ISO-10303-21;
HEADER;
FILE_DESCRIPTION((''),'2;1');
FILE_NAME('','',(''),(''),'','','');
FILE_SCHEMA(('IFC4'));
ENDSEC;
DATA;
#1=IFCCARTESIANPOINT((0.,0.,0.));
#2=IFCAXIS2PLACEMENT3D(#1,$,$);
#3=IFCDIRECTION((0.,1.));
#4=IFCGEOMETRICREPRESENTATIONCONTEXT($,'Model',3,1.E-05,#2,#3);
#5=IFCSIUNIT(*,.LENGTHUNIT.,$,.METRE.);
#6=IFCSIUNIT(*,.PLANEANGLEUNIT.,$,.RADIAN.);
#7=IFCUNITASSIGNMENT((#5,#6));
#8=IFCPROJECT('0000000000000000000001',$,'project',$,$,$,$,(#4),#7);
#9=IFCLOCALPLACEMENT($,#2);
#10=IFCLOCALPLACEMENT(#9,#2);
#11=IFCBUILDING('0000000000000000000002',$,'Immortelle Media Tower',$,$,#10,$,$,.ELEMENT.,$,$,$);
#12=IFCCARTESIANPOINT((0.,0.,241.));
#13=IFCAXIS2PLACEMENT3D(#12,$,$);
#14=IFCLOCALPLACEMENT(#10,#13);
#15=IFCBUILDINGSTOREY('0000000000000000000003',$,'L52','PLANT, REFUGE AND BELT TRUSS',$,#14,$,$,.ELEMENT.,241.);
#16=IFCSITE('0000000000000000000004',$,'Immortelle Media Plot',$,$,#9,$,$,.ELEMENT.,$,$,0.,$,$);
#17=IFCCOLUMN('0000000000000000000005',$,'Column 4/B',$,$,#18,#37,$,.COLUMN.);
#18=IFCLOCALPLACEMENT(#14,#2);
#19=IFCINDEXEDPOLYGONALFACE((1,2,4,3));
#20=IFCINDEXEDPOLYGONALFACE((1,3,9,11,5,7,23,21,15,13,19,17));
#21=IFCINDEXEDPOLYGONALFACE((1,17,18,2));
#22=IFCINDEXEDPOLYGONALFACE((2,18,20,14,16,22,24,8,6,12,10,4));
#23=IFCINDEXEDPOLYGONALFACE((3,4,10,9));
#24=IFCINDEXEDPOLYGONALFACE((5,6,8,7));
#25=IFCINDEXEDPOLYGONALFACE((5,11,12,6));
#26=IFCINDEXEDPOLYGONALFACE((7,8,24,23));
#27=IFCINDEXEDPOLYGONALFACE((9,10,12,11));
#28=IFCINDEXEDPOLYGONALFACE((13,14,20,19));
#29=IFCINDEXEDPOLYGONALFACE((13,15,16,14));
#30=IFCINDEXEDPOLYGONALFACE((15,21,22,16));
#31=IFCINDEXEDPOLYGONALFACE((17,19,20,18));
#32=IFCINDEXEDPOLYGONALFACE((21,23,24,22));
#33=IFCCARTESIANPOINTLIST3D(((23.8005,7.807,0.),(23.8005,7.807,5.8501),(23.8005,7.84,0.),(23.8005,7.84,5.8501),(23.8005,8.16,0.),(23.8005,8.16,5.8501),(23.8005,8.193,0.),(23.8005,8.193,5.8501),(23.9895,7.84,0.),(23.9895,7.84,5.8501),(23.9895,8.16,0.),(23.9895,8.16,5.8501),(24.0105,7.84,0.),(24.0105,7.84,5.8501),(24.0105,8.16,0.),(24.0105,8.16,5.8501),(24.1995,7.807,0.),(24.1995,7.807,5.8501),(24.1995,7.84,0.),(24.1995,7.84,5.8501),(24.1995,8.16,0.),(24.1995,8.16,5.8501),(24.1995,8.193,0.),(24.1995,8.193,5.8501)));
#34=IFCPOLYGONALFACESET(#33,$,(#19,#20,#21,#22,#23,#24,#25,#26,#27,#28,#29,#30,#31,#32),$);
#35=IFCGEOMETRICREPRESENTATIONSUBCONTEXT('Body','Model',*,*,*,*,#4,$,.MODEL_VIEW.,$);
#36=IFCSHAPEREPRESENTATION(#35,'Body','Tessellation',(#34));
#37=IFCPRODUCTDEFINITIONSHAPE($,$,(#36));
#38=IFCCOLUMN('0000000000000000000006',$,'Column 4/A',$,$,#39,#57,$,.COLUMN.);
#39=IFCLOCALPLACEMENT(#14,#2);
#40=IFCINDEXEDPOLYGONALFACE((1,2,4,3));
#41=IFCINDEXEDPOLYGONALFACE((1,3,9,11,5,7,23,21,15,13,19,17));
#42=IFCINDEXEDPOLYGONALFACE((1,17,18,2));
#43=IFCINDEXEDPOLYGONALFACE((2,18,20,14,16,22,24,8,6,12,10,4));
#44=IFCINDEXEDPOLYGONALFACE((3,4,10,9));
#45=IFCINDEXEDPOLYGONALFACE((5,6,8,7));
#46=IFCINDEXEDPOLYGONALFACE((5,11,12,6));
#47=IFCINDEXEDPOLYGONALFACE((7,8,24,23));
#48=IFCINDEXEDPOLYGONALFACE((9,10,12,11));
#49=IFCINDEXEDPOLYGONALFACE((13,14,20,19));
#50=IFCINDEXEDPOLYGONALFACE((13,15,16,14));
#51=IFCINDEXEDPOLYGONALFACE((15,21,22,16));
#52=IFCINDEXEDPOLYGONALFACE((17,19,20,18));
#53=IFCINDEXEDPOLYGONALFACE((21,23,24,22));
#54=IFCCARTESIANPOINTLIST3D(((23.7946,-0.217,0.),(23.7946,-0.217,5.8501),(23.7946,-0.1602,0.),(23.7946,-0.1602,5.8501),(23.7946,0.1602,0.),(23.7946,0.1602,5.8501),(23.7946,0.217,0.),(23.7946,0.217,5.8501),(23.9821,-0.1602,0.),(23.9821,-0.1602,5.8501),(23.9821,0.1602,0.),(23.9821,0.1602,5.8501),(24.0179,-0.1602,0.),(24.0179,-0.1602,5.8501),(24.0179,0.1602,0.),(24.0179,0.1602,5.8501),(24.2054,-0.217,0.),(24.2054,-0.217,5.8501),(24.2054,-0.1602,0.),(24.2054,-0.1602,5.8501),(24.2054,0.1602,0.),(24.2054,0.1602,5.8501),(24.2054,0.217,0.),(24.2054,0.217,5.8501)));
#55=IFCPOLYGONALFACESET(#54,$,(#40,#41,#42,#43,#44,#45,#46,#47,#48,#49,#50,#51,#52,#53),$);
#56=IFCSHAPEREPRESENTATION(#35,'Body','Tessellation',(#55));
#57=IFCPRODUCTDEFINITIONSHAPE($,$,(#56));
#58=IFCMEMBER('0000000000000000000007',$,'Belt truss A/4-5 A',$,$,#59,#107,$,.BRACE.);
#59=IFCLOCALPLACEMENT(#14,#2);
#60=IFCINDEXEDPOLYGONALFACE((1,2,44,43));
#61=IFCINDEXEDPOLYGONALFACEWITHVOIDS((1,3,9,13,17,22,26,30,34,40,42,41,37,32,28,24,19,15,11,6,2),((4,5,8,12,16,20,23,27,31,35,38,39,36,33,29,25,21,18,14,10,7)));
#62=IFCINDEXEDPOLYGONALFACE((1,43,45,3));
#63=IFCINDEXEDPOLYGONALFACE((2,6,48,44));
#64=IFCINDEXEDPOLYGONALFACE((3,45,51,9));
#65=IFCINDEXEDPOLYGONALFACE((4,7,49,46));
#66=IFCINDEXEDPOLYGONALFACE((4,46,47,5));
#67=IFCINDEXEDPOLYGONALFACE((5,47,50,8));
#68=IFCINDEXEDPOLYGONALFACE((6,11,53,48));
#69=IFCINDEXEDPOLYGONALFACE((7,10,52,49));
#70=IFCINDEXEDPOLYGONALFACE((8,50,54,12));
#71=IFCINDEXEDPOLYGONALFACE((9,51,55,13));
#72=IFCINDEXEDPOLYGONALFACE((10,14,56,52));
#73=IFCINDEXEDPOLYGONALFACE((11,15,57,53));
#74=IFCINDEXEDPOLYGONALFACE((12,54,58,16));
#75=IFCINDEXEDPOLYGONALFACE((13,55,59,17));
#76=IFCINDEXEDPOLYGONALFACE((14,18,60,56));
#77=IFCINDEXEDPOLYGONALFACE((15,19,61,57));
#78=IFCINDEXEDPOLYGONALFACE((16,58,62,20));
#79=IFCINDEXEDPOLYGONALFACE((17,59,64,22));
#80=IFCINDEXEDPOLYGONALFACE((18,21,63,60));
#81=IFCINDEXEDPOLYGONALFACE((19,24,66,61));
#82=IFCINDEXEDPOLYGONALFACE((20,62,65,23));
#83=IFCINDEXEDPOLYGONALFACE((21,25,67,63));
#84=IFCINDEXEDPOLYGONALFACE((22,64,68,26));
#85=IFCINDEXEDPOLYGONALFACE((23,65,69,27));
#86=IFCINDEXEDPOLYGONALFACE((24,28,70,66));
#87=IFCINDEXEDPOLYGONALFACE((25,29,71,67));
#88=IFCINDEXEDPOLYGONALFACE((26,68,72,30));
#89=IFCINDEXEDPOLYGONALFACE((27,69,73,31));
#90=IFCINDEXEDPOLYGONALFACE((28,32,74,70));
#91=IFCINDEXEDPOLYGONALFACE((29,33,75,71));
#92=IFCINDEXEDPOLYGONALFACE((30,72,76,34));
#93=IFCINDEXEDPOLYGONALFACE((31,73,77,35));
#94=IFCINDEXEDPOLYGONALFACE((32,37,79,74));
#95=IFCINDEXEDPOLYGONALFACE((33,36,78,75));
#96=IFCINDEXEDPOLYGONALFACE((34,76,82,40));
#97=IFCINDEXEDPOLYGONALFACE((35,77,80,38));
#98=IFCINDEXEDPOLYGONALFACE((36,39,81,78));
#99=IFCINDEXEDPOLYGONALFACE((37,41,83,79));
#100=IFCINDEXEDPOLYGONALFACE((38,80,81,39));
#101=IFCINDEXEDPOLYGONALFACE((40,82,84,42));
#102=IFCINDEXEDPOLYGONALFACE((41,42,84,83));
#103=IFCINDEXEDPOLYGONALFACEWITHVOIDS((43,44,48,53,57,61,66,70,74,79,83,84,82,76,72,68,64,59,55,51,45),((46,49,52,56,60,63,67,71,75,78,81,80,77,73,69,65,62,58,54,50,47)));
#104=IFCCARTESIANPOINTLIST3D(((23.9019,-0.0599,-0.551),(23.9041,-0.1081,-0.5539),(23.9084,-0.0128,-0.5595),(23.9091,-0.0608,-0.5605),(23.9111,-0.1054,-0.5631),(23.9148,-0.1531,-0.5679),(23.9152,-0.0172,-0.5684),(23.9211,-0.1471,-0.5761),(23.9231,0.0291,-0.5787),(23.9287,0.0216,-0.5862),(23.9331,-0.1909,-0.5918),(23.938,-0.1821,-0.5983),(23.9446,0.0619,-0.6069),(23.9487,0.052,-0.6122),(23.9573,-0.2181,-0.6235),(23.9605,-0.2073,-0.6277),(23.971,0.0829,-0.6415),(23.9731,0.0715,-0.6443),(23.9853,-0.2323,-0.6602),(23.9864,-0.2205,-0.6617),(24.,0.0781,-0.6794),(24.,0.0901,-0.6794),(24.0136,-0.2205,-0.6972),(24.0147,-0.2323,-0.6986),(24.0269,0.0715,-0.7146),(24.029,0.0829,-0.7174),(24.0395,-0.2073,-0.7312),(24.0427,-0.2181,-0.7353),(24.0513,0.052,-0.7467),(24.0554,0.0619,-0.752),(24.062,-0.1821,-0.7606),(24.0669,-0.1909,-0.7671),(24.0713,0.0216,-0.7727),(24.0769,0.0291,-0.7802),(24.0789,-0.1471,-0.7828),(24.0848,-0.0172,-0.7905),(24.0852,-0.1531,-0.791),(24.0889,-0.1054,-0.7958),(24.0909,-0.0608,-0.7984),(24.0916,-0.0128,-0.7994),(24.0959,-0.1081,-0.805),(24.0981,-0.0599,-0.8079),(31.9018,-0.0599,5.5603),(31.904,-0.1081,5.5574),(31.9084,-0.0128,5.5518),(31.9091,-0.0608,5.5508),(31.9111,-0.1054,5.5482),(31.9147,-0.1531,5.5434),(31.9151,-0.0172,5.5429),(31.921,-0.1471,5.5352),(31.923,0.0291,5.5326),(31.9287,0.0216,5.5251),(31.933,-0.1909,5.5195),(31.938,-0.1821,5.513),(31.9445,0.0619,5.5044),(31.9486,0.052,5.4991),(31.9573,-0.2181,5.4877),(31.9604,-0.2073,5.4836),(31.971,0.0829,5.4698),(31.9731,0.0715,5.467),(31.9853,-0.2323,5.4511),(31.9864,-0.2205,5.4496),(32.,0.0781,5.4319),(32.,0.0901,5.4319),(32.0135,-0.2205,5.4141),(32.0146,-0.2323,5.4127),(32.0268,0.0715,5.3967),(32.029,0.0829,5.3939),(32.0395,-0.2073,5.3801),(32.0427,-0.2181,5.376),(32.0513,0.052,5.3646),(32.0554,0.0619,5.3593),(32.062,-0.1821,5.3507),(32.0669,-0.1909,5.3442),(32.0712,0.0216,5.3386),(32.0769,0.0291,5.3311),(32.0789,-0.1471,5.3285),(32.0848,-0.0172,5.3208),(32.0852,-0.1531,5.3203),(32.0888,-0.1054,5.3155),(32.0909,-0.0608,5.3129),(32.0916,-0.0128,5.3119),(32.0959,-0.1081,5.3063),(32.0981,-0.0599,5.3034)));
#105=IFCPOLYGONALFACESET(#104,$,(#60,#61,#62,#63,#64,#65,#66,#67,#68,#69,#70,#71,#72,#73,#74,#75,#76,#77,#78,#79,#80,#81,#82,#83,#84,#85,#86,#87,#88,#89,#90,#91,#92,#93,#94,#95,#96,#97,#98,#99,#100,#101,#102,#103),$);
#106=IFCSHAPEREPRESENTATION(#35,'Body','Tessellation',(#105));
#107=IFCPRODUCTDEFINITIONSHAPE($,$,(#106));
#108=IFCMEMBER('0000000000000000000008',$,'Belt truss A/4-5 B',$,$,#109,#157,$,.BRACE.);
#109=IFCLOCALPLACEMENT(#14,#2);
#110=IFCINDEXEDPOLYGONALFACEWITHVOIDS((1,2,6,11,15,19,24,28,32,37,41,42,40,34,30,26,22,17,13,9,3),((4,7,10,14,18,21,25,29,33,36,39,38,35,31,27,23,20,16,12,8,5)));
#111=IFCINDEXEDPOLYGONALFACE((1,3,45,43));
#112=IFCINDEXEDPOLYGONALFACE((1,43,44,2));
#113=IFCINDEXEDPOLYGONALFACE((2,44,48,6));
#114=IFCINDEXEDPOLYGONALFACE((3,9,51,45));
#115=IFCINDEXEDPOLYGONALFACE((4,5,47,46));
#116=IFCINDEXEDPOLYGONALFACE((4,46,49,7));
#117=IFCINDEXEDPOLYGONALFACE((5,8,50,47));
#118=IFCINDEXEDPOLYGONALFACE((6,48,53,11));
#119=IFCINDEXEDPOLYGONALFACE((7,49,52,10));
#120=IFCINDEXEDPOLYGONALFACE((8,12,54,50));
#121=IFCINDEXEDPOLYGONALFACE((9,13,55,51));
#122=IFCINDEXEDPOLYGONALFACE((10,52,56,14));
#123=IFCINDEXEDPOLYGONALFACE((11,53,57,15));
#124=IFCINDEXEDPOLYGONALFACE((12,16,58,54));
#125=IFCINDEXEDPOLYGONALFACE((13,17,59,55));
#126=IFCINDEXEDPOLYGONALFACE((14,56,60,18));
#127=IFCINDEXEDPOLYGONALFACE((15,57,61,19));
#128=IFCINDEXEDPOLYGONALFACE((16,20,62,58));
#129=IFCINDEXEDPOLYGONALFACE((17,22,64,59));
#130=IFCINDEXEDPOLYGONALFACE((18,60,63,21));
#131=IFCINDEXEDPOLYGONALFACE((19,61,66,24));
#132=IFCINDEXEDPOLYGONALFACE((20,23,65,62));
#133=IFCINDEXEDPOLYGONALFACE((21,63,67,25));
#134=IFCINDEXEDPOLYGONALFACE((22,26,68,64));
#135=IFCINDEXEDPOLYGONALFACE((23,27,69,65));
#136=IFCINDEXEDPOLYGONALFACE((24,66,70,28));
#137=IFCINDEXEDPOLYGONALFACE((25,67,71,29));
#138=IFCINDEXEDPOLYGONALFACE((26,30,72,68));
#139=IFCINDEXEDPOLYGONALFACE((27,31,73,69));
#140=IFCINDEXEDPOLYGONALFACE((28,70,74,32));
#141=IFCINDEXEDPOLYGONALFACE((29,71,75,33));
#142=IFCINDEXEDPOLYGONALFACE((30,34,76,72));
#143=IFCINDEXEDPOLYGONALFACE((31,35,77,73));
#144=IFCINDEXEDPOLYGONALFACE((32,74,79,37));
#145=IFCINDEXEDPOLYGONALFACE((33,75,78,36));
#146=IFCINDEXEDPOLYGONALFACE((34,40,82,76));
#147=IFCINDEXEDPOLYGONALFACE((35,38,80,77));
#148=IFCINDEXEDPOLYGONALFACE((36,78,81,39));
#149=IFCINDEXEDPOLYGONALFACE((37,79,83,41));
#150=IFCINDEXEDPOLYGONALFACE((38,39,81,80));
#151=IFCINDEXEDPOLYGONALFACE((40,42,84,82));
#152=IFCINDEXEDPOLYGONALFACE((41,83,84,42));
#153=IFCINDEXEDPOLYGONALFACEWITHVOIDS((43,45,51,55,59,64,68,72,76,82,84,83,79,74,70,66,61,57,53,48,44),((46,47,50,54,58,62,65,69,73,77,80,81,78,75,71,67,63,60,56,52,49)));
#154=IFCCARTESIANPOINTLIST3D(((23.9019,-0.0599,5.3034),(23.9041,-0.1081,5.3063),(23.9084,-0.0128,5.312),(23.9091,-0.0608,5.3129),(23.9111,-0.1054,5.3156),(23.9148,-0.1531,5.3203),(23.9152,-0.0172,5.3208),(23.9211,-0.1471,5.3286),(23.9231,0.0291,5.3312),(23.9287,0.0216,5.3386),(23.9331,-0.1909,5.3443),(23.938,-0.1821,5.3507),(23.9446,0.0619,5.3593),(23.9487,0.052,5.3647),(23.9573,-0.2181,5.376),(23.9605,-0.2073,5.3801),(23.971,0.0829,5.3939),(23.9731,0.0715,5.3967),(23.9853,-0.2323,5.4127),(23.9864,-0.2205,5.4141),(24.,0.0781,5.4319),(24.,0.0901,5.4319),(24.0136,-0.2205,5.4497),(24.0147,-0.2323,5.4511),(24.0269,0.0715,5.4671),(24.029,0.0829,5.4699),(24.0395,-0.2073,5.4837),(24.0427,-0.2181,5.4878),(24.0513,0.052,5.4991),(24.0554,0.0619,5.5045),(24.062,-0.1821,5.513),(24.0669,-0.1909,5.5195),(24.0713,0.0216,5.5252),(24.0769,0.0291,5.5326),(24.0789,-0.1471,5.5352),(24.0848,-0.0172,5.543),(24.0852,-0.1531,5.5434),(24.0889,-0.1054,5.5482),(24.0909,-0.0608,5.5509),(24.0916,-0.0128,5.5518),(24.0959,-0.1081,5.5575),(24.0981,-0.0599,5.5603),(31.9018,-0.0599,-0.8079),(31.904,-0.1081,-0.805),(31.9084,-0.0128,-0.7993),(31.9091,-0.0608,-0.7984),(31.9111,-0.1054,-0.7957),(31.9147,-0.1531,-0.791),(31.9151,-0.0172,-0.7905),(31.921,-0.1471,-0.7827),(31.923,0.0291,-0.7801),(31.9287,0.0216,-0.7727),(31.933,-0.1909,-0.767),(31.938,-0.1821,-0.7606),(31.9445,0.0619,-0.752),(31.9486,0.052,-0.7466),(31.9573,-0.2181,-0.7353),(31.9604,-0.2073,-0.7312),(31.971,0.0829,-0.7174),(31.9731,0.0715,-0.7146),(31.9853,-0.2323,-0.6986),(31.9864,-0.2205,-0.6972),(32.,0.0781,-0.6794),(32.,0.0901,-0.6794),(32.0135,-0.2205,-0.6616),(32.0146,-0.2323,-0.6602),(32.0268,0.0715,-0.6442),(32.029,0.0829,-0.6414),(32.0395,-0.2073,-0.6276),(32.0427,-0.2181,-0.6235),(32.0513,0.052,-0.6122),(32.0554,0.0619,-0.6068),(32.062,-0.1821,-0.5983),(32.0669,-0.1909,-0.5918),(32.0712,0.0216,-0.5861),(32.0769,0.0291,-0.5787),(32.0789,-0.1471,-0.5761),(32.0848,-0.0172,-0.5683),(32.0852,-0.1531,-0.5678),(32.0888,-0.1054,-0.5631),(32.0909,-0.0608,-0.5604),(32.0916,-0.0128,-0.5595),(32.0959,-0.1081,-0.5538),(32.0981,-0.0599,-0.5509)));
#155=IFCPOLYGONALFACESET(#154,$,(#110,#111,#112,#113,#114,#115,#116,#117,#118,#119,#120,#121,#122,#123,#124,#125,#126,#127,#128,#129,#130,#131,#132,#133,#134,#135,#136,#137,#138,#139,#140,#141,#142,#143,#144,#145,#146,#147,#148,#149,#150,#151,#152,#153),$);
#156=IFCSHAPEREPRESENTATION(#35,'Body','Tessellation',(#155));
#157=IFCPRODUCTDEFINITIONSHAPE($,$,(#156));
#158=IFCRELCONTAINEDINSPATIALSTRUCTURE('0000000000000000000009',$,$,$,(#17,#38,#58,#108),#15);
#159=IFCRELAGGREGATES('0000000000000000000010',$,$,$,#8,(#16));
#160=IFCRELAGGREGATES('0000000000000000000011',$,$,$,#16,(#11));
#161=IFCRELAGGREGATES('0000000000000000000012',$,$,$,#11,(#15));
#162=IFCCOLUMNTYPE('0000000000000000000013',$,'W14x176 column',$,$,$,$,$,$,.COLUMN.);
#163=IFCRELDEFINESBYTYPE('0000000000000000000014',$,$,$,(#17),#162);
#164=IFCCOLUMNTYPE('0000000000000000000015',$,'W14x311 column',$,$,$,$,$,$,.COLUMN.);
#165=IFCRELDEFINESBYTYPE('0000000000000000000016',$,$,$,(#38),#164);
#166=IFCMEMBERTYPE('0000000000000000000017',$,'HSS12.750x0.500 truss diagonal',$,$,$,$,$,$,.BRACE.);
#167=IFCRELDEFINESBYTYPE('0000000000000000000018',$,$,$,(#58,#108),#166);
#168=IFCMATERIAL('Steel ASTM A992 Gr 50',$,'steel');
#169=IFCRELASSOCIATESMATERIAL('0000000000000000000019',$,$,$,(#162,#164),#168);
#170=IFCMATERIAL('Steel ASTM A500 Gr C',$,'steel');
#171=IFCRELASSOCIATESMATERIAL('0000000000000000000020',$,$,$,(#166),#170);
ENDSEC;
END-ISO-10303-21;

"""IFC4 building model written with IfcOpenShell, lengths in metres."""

from ifc_helpers import new_model, si_unit, direction, frame, origin, origin_2d, place, context, subcontext, project, spatial, hollow_circle, i_section, extrude, material, material_profile, profile_set, type_object, element, save


model = new_model("IFC4")

# Units and contexts
model_context = context("Model", 3, precision=1e-05, world=origin(), true_north=direction((0.0, 1.0)))
body_context = subcontext(model_context, "Body", "Model", "MODEL_VIEW")
ifc_project = project(units=[si_unit("LENGTHUNIT", "METRE"), si_unit("PLANEANGLEUNIT", "RADIAN")], contexts=[model_context])

# Site, building, storey
site_placement = place(None, origin())
site = spatial("IfcSite", under=ifc_project, at=site_placement, Name="Immortelle Media Plot", CompositionType="ELEMENT", RefElevation=0.0)
building_placement = place(site_placement, origin())
building = spatial("IfcBuilding", under=site, at=building_placement, Name="Immortelle Media Tower", CompositionType="ELEMENT")
storey_placement = place(building_placement, frame((0.0, 0.0, 241.0)))
storey = spatial("IfcBuildingStorey", under=building, at=storey_placement, Name="L52", Description="PLANT, REFUGE AND BELT TRUSS", CompositionType="ELEMENT", Elevation=241.0)

# Columns
ifc_material_1 = material(Name="Steel ASTM A992 Gr 50", Category="steel")
ifc_material_profile_1 = material_profile(ifc_material_1, i_section(OverallWidth=0.3989, OverallDepth=0.386, WebThickness=0.021, FlangeThickness=0.033, at=origin_2d()), Name="W14x176")
ifc_profile_set_1 = profile_set([ifc_material_profile_1], Name="Steel ASTM A992 Gr 50")
column_type_1 = type_object("IfcColumnType", Name="W14x176 column", PredefinedType="COLUMN", material=ifc_profile_set_1)
column_1_placement = place(storey_placement, frame((24.0, 8.0, 0.0), z_axis=(0.0, 0.0, 1.0), x_axis=(1.0, 0.0, 0.0)))
element("IfcColumn", 1, at=column_1_placement, inside=storey, type_object=column_type_1, Name="Column 4/B", PredefinedType="COLUMN", context=body_context, shape_type="SweptSolid", body=[
    extrude(i_section(OverallWidth=0.3989, OverallDepth=0.386, WebThickness=0.021, FlangeThickness=0.033, at=origin_2d()), origin(), (0.0, 0.0, 1.0), 5.8501),
])
ifc_material_profile_2 = material_profile(ifc_material_1, i_section(OverallWidth=0.4109, OverallDepth=0.4341, WebThickness=0.0359, FlangeThickness=0.0569, at=origin_2d()), Name="W14x311")
ifc_profile_set_2 = profile_set([ifc_material_profile_2], Name="Steel ASTM A992 Gr 50")
column_type_2 = type_object("IfcColumnType", Name="W14x311 column", PredefinedType="COLUMN", material=ifc_profile_set_2)
column_2_placement = place(storey_placement, frame((24.0, 0.0, 0.0), z_axis=(0.0, 0.0, 1.0), x_axis=(1.0, 0.0, 0.0)))
element("IfcColumn", 2, at=column_2_placement, inside=storey, type_object=column_type_2, Name="Column 4/A", PredefinedType="COLUMN", context=body_context, shape_type="SweptSolid", body=[
    extrude(i_section(OverallWidth=0.4109, OverallDepth=0.4341, WebThickness=0.0359, FlangeThickness=0.0569, at=origin_2d()), origin(), (0.0, 0.0, 1.0), 5.8501),
])

# Members
ifc_material_2 = material(Name="Steel ASTM A500 Gr C", Category="steel")
ifc_material_profile_3 = material_profile(ifc_material_2, hollow_circle(Radius=0.1621, WallThickness=0.012, at=origin_2d()), Name="HSS12.750x0.500 truss diagonal")
ifc_profile_set_3 = profile_set([ifc_material_profile_3], Name="Steel ASTM A500 Gr C")
member_type_1 = type_object("IfcMemberType", Name="HSS12.750x0.500 truss diagonal", PredefinedType="BRACE", material=ifc_profile_set_3)
for number, where, z_axis, x_axis, name in (
    (3, (24.0, -0.072, -0.6794), (0.794661, 0.0, 0.607054), (0.0, 1.0, 0.0), "Belt truss A/4-5 A"),
    (4, (24.0, -0.072, 5.4319), (0.794661, 0.0, -0.607054), (0.0, 1.0, 0.0), "Belt truss A/4-5 B"),
):
    element("IfcMember", number, at=place(storey_placement, frame(where, z_axis=z_axis, x_axis=x_axis)), inside=storey, type_object=member_type_1, Name=name, PredefinedType="BRACE", context=body_context, shape_type="SweptSolid", body=[
        extrude(hollow_circle(Radius=0.1621, WallThickness=0.012, at=origin_2d()), origin(), (0.0, 0.0, 1.0), 10.0671),
    ])

save(model, "model.ifc")
